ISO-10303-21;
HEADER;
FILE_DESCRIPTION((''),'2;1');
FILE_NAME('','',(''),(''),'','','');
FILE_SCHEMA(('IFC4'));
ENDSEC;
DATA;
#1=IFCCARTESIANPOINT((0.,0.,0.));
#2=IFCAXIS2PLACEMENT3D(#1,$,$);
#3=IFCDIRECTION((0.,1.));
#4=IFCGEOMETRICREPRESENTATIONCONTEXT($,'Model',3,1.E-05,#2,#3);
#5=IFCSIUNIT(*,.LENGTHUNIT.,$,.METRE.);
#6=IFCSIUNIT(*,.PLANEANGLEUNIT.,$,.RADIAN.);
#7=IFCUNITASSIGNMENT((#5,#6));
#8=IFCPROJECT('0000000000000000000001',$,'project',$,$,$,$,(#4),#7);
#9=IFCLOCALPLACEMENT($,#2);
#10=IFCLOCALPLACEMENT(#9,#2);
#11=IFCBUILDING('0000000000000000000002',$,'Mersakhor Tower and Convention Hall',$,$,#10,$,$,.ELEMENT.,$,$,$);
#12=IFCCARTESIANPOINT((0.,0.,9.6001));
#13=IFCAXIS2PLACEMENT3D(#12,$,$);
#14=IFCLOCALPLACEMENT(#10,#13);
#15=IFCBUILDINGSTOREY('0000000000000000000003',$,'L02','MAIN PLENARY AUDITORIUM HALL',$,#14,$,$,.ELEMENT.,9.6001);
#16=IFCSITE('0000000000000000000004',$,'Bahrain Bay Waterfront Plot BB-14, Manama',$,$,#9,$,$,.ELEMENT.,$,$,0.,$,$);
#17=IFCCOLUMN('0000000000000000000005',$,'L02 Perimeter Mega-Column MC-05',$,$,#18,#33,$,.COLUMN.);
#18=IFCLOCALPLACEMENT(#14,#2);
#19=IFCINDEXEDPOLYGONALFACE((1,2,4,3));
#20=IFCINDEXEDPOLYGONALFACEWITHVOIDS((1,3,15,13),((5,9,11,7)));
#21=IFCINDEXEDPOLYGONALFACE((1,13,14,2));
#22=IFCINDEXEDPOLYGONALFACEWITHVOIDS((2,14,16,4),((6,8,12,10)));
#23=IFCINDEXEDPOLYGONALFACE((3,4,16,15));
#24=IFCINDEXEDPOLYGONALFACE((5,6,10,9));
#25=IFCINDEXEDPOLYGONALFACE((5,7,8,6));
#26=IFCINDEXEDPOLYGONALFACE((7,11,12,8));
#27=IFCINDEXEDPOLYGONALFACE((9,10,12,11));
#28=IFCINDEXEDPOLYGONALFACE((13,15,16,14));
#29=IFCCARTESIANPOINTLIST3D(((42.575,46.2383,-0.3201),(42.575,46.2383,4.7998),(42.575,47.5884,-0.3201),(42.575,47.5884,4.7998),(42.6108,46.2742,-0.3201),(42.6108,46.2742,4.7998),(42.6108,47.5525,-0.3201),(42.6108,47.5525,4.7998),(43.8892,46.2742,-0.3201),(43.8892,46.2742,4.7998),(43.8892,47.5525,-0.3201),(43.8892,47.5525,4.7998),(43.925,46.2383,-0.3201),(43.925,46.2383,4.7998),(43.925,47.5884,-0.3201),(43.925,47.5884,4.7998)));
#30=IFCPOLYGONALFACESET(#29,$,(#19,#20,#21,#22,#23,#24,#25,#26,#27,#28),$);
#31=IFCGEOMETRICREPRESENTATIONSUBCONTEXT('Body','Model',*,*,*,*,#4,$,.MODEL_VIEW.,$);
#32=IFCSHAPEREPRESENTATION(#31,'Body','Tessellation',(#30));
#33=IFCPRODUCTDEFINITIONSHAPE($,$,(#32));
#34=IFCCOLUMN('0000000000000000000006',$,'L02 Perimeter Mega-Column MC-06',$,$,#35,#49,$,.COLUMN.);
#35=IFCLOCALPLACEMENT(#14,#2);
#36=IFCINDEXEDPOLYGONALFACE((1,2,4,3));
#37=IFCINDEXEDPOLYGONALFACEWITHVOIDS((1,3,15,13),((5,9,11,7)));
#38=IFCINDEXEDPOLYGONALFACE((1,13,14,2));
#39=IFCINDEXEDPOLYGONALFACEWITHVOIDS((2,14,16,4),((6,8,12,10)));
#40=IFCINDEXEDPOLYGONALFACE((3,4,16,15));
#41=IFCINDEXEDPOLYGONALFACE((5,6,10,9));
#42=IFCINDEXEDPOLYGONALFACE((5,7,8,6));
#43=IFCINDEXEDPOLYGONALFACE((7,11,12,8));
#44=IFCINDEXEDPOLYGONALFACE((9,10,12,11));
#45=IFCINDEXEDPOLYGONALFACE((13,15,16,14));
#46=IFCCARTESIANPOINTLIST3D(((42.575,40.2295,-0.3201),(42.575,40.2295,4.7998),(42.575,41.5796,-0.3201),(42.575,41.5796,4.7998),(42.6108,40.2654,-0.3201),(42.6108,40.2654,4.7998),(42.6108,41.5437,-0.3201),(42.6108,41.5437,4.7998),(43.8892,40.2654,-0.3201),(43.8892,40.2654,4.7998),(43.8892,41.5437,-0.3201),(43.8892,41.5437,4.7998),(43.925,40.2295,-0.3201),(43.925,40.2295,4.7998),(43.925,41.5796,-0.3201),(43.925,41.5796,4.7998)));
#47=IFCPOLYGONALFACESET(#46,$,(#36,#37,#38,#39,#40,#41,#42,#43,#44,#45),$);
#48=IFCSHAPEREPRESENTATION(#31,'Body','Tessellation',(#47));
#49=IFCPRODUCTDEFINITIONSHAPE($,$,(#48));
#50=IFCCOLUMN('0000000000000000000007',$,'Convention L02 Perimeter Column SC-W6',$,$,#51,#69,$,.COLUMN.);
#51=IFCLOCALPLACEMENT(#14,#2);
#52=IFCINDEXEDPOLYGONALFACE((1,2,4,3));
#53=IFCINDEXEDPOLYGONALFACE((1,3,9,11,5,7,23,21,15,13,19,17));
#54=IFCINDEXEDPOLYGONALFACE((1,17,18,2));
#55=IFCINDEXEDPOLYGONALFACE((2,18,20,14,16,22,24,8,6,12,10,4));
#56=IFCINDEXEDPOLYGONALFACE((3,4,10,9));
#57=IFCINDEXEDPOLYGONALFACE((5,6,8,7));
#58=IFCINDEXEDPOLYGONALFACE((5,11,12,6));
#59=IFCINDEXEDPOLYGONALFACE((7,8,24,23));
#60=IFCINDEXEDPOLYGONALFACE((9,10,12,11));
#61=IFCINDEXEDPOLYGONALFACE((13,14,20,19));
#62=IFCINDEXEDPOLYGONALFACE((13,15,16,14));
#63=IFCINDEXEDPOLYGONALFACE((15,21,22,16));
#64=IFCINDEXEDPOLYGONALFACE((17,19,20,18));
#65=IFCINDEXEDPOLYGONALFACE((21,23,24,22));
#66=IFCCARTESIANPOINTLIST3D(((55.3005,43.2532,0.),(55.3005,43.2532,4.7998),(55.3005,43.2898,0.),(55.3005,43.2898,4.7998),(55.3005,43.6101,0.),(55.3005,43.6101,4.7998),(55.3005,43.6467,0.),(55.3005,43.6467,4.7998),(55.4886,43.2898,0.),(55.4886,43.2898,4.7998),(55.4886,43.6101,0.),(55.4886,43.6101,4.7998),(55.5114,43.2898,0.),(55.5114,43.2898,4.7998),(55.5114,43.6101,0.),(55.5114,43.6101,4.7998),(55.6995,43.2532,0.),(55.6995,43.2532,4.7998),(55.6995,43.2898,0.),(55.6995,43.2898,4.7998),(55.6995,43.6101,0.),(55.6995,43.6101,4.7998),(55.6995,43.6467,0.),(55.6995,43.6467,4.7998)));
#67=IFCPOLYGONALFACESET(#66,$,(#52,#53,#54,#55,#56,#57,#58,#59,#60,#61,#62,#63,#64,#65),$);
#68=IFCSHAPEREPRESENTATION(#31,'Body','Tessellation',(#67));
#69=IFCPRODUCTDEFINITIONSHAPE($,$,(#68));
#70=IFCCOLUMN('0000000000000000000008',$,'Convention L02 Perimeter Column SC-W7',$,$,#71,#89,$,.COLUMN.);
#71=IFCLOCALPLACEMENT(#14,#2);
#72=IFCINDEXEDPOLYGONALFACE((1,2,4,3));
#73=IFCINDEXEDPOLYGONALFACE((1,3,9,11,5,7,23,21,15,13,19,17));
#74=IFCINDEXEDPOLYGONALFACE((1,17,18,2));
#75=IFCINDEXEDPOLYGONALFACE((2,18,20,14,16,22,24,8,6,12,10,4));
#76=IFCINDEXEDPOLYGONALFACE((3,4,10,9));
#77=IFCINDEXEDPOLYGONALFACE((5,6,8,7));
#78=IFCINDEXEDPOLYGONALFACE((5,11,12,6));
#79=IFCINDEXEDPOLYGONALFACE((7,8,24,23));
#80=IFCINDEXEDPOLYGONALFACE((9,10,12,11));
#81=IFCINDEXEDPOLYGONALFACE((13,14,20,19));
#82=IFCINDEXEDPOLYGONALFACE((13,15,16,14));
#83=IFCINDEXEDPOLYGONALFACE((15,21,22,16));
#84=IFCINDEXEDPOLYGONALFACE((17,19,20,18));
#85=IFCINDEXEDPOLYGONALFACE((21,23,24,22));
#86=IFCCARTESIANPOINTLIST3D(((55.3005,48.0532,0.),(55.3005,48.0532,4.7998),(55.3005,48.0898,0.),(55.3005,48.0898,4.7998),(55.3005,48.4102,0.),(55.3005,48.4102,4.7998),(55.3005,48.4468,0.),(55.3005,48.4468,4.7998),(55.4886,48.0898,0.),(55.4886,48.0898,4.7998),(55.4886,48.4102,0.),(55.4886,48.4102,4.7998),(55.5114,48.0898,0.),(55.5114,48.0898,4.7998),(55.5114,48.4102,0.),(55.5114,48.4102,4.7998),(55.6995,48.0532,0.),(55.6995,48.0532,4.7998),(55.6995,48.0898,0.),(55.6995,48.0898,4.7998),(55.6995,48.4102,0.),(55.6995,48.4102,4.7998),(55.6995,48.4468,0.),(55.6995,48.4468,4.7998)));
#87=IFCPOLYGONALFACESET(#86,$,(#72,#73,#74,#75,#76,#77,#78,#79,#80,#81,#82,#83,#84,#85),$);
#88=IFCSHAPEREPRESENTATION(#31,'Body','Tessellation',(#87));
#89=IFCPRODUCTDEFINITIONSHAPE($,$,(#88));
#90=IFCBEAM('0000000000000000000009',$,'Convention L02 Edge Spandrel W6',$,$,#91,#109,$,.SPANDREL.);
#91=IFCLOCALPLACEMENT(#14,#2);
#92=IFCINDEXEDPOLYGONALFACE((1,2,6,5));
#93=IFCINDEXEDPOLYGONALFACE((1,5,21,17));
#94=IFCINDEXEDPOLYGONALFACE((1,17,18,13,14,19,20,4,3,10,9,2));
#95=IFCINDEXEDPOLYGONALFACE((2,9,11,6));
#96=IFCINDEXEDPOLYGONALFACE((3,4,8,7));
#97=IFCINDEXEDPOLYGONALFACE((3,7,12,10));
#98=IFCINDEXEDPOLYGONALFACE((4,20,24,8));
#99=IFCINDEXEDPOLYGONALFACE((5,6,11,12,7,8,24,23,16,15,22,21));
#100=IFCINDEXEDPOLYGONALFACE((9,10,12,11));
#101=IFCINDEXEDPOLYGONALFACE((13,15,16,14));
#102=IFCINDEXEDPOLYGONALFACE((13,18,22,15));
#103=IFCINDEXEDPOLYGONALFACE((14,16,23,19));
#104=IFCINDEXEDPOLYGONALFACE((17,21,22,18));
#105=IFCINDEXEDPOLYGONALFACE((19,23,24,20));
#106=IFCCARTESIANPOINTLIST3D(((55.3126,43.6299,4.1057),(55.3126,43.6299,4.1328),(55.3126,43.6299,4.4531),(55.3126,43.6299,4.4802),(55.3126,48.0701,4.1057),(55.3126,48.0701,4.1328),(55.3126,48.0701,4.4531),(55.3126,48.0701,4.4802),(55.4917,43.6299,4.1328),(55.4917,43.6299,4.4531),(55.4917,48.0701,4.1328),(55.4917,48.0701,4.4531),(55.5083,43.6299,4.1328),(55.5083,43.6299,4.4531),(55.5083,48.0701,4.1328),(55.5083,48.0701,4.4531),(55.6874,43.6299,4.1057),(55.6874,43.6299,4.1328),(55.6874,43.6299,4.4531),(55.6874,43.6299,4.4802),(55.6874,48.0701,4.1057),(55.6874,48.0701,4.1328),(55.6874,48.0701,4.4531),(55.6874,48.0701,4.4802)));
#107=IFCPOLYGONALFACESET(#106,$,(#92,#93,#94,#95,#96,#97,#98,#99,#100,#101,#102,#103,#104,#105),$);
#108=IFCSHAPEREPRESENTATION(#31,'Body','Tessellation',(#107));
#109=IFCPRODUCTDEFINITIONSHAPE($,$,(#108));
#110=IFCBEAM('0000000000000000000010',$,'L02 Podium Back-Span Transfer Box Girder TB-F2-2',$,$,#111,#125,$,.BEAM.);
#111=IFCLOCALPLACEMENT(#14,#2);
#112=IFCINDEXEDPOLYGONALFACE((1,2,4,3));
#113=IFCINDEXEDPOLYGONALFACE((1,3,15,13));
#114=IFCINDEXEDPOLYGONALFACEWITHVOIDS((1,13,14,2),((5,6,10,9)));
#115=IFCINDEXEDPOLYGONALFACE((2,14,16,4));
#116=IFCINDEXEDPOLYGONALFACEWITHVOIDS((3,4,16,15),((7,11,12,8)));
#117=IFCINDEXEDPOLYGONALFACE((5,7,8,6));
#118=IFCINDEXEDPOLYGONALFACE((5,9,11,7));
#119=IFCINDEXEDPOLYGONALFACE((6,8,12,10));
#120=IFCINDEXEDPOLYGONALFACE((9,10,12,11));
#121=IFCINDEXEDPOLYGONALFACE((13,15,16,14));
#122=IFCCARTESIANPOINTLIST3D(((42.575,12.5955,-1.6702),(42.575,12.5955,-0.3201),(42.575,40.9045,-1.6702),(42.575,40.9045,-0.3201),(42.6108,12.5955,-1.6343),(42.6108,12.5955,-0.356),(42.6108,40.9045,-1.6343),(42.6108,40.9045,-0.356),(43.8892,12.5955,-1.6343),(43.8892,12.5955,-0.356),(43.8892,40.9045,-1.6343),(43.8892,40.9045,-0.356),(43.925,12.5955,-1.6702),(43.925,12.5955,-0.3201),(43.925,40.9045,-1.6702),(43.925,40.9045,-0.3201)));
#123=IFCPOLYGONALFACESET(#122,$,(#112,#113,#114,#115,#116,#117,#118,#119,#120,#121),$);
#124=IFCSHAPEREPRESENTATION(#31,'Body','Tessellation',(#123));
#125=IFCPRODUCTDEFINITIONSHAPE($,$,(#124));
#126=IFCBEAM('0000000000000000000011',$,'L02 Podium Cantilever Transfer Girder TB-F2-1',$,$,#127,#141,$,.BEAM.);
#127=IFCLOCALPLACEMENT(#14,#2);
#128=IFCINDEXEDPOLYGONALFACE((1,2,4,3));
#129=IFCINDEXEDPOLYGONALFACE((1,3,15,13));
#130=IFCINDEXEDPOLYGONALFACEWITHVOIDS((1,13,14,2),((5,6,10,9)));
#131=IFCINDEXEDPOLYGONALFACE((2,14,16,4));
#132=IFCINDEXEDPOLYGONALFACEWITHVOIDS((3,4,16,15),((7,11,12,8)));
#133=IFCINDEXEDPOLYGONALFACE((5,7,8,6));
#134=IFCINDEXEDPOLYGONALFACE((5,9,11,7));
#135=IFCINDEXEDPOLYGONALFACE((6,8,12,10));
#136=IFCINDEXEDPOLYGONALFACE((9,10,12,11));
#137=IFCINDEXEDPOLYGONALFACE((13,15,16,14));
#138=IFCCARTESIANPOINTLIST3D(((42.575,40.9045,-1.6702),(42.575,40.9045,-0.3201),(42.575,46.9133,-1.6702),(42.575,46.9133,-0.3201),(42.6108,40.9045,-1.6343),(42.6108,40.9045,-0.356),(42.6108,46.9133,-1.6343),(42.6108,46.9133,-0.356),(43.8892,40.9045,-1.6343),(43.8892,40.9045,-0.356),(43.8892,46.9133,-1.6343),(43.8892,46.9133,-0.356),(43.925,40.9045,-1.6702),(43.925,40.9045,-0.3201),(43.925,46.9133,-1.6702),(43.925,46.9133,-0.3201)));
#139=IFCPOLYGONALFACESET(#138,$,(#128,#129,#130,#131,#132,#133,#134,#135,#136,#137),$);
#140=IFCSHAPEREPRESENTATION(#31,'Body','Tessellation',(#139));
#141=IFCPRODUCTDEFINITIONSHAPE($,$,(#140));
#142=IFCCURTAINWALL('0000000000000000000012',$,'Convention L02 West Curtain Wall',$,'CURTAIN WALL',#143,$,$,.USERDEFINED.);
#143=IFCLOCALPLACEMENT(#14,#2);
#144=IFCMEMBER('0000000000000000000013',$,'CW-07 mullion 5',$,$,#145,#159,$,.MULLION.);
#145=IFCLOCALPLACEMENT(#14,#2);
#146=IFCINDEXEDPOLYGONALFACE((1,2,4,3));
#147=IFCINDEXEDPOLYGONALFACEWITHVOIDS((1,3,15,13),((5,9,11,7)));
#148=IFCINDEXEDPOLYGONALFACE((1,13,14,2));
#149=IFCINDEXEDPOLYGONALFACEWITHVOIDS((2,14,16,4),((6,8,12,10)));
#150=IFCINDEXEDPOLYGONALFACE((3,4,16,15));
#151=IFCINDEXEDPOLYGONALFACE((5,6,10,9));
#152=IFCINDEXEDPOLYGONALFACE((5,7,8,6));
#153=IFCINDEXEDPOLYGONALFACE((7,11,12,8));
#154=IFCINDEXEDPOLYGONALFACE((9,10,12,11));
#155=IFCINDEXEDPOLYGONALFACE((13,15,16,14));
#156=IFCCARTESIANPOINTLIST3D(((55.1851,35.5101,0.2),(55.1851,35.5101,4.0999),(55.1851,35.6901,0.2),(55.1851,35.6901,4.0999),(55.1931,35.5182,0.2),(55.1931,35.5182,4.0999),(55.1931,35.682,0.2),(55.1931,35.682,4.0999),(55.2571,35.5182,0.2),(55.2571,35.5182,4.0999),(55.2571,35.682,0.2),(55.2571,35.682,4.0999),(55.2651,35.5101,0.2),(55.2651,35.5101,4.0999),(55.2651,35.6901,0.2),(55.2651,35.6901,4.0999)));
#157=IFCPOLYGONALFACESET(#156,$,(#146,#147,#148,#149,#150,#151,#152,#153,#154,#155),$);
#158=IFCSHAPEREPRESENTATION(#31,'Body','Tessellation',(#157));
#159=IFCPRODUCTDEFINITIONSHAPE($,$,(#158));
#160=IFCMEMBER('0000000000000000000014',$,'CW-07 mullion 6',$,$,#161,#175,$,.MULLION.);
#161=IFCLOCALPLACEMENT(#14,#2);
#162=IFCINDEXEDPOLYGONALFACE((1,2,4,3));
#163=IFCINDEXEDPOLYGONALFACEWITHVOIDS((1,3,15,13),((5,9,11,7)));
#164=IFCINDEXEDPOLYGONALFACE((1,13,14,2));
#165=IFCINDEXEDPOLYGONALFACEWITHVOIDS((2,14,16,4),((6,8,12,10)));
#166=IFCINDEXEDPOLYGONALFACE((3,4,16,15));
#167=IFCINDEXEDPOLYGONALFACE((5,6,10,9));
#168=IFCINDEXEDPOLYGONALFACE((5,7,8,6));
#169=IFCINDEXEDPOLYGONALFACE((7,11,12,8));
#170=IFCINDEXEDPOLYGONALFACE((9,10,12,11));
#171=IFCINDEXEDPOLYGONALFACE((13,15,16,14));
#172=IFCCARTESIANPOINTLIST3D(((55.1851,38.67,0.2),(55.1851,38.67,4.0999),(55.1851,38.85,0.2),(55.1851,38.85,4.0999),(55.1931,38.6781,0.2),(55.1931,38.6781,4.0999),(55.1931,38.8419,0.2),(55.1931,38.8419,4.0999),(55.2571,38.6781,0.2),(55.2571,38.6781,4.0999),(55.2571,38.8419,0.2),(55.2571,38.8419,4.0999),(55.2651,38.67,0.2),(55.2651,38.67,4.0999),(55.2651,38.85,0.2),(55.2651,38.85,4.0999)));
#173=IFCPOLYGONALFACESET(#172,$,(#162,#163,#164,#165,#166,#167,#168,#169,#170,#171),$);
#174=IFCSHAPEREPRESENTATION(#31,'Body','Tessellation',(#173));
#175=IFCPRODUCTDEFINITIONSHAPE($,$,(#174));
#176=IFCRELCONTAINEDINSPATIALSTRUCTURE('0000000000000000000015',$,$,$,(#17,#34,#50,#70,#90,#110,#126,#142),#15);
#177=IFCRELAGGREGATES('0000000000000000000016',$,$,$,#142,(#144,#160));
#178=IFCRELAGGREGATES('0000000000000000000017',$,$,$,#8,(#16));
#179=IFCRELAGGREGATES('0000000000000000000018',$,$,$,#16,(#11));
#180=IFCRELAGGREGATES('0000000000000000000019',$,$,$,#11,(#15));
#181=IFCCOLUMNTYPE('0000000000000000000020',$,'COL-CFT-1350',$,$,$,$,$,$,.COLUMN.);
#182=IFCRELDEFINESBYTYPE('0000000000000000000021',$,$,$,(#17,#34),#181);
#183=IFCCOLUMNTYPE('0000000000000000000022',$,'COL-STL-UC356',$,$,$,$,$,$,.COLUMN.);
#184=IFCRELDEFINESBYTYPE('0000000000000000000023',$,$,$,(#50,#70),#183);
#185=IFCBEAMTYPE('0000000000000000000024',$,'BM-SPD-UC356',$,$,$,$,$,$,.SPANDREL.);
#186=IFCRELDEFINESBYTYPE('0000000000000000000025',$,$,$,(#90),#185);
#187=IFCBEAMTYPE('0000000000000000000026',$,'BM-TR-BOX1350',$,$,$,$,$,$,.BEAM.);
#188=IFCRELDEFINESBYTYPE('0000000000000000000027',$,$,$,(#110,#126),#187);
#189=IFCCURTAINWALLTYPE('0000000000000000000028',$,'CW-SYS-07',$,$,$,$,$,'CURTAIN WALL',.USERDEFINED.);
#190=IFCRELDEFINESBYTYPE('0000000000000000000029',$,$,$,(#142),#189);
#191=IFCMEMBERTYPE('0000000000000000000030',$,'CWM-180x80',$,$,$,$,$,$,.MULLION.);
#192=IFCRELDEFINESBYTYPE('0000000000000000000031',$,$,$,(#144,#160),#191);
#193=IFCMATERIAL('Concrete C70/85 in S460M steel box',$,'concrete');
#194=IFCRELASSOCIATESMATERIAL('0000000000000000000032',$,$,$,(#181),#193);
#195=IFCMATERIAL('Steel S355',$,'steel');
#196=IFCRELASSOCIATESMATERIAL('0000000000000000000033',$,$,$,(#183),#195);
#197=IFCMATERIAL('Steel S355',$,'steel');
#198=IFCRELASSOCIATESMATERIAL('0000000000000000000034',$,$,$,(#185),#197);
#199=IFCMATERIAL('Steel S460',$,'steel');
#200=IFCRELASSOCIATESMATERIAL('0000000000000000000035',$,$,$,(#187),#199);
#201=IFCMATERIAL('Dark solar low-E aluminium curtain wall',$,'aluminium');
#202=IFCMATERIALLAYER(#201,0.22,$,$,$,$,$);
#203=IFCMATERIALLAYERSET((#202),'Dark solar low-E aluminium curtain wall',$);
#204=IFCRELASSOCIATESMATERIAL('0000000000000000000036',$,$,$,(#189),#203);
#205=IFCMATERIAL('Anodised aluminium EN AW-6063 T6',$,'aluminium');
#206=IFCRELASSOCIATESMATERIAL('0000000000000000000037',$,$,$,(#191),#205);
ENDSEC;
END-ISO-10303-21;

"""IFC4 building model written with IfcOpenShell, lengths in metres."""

from ifc_helpers import new_model, si_unit, direction, frame, origin, origin_2d, place, context, subcontext, project, spatial, hollow_rectangle, i_section, extrude, material, layer, layer_set, material_profile, profile_set, type_object, element, aggregate, save


model = new_model("IFC4")

# Units and contexts
model_context = context("Model", 3, precision=1e-05, world=origin(), true_north=direction((0.0, 1.0)))
body_context = subcontext(model_context, "Body", "Model", "MODEL_VIEW")
ifc_project = project(units=[si_unit("LENGTHUNIT", "METRE"), si_unit("PLANEANGLEUNIT", "RADIAN")], contexts=[model_context])

# Site, building, storey
site_placement = place(None, origin())
site = spatial("IfcSite", under=ifc_project, at=site_placement, Name="Bahrain Bay Waterfront Plot BB-14, Manama", CompositionType="ELEMENT", RefElevation=0.0)
building_placement = place(site_placement, origin())
building = spatial("IfcBuilding", under=site, at=building_placement, Name="Mersakhor Tower and Convention Hall", CompositionType="ELEMENT")
storey_placement = place(building_placement, frame((0.0, 0.0, 9.6001)))
storey = spatial("IfcBuildingStorey", under=building, at=storey_placement, Name="L02", Description="MAIN PLENARY AUDITORIUM HALL", CompositionType="ELEMENT", Elevation=9.6001)

# Columns
ifc_material_1 = material(Name="Concrete C70/85 in S460M steel box", Category="concrete")
ifc_material_profile_1 = material_profile(ifc_material_1, hollow_rectangle(XDim=1.3501, YDim=1.3501, WallThickness=0.0359, at=origin_2d()), Name="SHS 1350x1350x36")
ifc_profile_set_1 = profile_set([ifc_material_profile_1], Name="Concrete C70/85 in S460M steel box")
column_type_1 = type_object("IfcColumnType", Name="COL-CFT-1350", PredefinedType="COLUMN", material=ifc_profile_set_1)
for number, where, z_axis, x_axis, name in (
    (1, (43.25, 46.9133, -0.3201), (0.0, 0.0, 1.0), (1.0, 0.0, 0.0), "L02 Perimeter Mega-Column MC-05"),
    (2, (43.25, 40.9045, -0.3201), (0.0, 0.0, 1.0), (1.0, 0.0, 0.0), "L02 Perimeter Mega-Column MC-06"),
):
    element("IfcColumn", number, at=place(storey_placement, frame(where, z_axis=z_axis, x_axis=x_axis)), inside=storey, type_object=column_type_1, Name=name, PredefinedType="COLUMN", context=body_context, shape_type="SweptSolid", body=[
        extrude(hollow_rectangle(XDim=1.3501, YDim=1.3501, WallThickness=0.0359, at=origin_2d()), origin(), (0.0, 0.0, 1.0), 5.1199),
    ])
ifc_material_2 = material(Name="Steel S355", Category="steel")
ifc_material_profile_2 = material_profile(ifc_material_2, i_section(OverallWidth=0.3989, OverallDepth=0.3936, WebThickness=0.0227, FlangeThickness=0.0366, at=origin_2d()), Name="UC 356x406x287")
ifc_profile_set_2 = profile_set([ifc_material_profile_2], Name="Steel S355")
column_type_2 = type_object("IfcColumnType", Name="COL-STL-UC356", PredefinedType="COLUMN", material=ifc_profile_set_2)
for number, where, z_axis, x_axis, name in (
    (3, (55.5, 43.45, 0.0), (0.0, 0.0, 1.0), (1.0, 0.0, 0.0), "Convention L02 Perimeter Column SC-W6"),
    (4, (55.5, 48.25, 0.0), (0.0, 0.0, 1.0), (1.0, 0.0, 0.0), "Convention L02 Perimeter Column SC-W7"),
):
    element("IfcColumn", number, at=place(storey_placement, frame(where, z_axis=z_axis, x_axis=x_axis)), inside=storey, type_object=column_type_2, Name=name, PredefinedType="COLUMN", context=body_context, shape_type="SweptSolid", body=[
        extrude(i_section(OverallWidth=0.3989, OverallDepth=0.3936, WebThickness=0.0227, FlangeThickness=0.0366, at=origin_2d()), origin(), (0.0, 0.0, 1.0), 4.7998),
    ])

# Beams
ifc_material_3 = material(Name="Steel S355", Category="steel")
ifc_material_profile_3 = material_profile(ifc_material_3, i_section(OverallWidth=0.3748, OverallDepth=0.3745, WebThickness=0.0166, FlangeThickness=0.0271, at=origin_2d()), Name="UC 356x368x202")
ifc_profile_set_3 = profile_set([ifc_material_profile_3], Name="Steel S355")
beam_type_1 = type_object("IfcBeamType", Name="BM-SPD-UC356", PredefinedType="SPANDREL", material=ifc_profile_set_3)
beam_1_placement = place(storey_placement, frame((55.5, 43.6299, 4.293), z_axis=(0.0, 1.0, 0.0), x_axis=(-1.0, 0.0, 0.0)))
element("IfcBeam", 5, at=beam_1_placement, inside=storey, type_object=beam_type_1, Name="Convention L02 Edge Spandrel W6", PredefinedType="SPANDREL", context=body_context, shape_type="SweptSolid", body=[
    extrude(i_section(OverallWidth=0.3748, OverallDepth=0.3745, WebThickness=0.0166, FlangeThickness=0.0271, at=origin_2d()), origin(), (0.0, 0.0, 1.0), 4.4402),
])
ifc_material_4 = material(Name="Steel S460", Category="steel")
ifc_material_profile_4 = material_profile(ifc_material_4, hollow_rectangle(XDim=1.3501, YDim=1.3501, WallThickness=0.0359, at=origin_2d()), Name="SHS 1350x1350x36")
ifc_profile_set_4 = profile_set([ifc_material_profile_4], Name="Steel S460")
beam_type_2 = type_object("IfcBeamType", Name="BM-TR-BOX1350", PredefinedType="BEAM", material=ifc_profile_set_4)
beam_2_placement = place(storey_placement, frame((43.25, 40.9045, -0.9951), z_axis=(0.0, -1.0, 0.0), x_axis=(1.0, 0.0, 0.0)))
element("IfcBeam", 6, at=beam_2_placement, inside=storey, type_object=beam_type_2, Name="L02 Podium Back-Span Transfer Box Girder TB-F2-2", PredefinedType="BEAM", context=body_context, shape_type="SweptSolid", body=[
    extrude(hollow_rectangle(XDim=1.3501, YDim=1.3501, WallThickness=0.0359, at=origin_2d()), origin(), (0.0, 0.0, 1.0), 28.3091),
])
beam_3_placement = place(storey_placement, frame((43.25, 46.9133, -0.9951), z_axis=(0.0, -1.0, 0.0), x_axis=(1.0, 0.0, 0.0)))
element("IfcBeam", 7, at=beam_3_placement, inside=storey, type_object=beam_type_2, Name="L02 Podium Cantilever Transfer Girder TB-F2-1", PredefinedType="BEAM", context=body_context, shape_type="SweptSolid", body=[
    extrude(hollow_rectangle(XDim=1.3501, YDim=1.3501, WallThickness=0.0359, at=origin_2d()), origin(), (0.0, 0.0, 1.0), 6.0088),
])

# Curtain wall, members
ifc_material_5 = material(Name="Dark solar low-E aluminium curtain wall", Category="aluminium")
ifc_layer_1 = layer(ifc_material_5, 0.22)
ifc_layer_set_1 = layer_set([ifc_layer_1], Name="Dark solar low-E aluminium curtain wall")
curtain_wall_type = type_object("IfcCurtainWallType", Name="CW-SYS-07", ElementType="CURTAIN WALL", PredefinedType="USERDEFINED", material=ifc_layer_set_1)
curtain_wall_placement = place(storey_placement, origin())
curtain_wall = element("IfcCurtainWall", 8, at=curtain_wall_placement, inside=storey, type_object=curtain_wall_type, Name="Convention L02 West Curtain Wall", ObjectType="CURTAIN WALL", PredefinedType="USERDEFINED")
ifc_material_6 = material(Name="Anodised aluminium EN AW-6063 T6", Category="aluminium")
ifc_material_profile_5 = material_profile(ifc_material_6, hollow_rectangle(XDim=0.0801, YDim=0.1799, WallThickness=0.0081, at=origin_2d()), Name="RHS 180x80x8")
ifc_profile_set_5 = profile_set([ifc_material_profile_5], Name="Anodised aluminium EN AW-6063 T6")
member_type_1 = type_object("IfcMemberType", Name="CWM-180x80", PredefinedType="MULLION", material=ifc_profile_set_5)
member_1_placement = place(storey_placement, frame((55.2251, 35.6001, 0.2), z_axis=(0.0, 0.0, 1.0), x_axis=(-1.0, 0.0, 0.0)))
member_1 = element("IfcMember", 9, at=member_1_placement, type_object=member_type_1, Name="CW-07 mullion 5", PredefinedType="MULLION", context=body_context, shape_type="SweptSolid", body=[
    extrude(hollow_rectangle(XDim=0.0801, YDim=0.1799, WallThickness=0.0081, at=origin_2d()), origin(), (0.0, 0.0, 1.0), 3.8999),
])
member_2_placement = place(storey_placement, frame((55.2251, 38.76, 0.2), z_axis=(0.0, 0.0, 1.0), x_axis=(-1.0, 0.0, 0.0)))
member_2 = element("IfcMember", 10, at=member_2_placement, type_object=member_type_1, Name="CW-07 mullion 6", PredefinedType="MULLION", context=body_context, shape_type="SweptSolid", body=[
    extrude(hollow_rectangle(XDim=0.0801, YDim=0.1799, WallThickness=0.0081, at=origin_2d()), origin(), (0.0, 0.0, 1.0), 3.8999),
])

aggregate(curtain_wall, [member_1, member_2])

save(model, "model.ifc")
